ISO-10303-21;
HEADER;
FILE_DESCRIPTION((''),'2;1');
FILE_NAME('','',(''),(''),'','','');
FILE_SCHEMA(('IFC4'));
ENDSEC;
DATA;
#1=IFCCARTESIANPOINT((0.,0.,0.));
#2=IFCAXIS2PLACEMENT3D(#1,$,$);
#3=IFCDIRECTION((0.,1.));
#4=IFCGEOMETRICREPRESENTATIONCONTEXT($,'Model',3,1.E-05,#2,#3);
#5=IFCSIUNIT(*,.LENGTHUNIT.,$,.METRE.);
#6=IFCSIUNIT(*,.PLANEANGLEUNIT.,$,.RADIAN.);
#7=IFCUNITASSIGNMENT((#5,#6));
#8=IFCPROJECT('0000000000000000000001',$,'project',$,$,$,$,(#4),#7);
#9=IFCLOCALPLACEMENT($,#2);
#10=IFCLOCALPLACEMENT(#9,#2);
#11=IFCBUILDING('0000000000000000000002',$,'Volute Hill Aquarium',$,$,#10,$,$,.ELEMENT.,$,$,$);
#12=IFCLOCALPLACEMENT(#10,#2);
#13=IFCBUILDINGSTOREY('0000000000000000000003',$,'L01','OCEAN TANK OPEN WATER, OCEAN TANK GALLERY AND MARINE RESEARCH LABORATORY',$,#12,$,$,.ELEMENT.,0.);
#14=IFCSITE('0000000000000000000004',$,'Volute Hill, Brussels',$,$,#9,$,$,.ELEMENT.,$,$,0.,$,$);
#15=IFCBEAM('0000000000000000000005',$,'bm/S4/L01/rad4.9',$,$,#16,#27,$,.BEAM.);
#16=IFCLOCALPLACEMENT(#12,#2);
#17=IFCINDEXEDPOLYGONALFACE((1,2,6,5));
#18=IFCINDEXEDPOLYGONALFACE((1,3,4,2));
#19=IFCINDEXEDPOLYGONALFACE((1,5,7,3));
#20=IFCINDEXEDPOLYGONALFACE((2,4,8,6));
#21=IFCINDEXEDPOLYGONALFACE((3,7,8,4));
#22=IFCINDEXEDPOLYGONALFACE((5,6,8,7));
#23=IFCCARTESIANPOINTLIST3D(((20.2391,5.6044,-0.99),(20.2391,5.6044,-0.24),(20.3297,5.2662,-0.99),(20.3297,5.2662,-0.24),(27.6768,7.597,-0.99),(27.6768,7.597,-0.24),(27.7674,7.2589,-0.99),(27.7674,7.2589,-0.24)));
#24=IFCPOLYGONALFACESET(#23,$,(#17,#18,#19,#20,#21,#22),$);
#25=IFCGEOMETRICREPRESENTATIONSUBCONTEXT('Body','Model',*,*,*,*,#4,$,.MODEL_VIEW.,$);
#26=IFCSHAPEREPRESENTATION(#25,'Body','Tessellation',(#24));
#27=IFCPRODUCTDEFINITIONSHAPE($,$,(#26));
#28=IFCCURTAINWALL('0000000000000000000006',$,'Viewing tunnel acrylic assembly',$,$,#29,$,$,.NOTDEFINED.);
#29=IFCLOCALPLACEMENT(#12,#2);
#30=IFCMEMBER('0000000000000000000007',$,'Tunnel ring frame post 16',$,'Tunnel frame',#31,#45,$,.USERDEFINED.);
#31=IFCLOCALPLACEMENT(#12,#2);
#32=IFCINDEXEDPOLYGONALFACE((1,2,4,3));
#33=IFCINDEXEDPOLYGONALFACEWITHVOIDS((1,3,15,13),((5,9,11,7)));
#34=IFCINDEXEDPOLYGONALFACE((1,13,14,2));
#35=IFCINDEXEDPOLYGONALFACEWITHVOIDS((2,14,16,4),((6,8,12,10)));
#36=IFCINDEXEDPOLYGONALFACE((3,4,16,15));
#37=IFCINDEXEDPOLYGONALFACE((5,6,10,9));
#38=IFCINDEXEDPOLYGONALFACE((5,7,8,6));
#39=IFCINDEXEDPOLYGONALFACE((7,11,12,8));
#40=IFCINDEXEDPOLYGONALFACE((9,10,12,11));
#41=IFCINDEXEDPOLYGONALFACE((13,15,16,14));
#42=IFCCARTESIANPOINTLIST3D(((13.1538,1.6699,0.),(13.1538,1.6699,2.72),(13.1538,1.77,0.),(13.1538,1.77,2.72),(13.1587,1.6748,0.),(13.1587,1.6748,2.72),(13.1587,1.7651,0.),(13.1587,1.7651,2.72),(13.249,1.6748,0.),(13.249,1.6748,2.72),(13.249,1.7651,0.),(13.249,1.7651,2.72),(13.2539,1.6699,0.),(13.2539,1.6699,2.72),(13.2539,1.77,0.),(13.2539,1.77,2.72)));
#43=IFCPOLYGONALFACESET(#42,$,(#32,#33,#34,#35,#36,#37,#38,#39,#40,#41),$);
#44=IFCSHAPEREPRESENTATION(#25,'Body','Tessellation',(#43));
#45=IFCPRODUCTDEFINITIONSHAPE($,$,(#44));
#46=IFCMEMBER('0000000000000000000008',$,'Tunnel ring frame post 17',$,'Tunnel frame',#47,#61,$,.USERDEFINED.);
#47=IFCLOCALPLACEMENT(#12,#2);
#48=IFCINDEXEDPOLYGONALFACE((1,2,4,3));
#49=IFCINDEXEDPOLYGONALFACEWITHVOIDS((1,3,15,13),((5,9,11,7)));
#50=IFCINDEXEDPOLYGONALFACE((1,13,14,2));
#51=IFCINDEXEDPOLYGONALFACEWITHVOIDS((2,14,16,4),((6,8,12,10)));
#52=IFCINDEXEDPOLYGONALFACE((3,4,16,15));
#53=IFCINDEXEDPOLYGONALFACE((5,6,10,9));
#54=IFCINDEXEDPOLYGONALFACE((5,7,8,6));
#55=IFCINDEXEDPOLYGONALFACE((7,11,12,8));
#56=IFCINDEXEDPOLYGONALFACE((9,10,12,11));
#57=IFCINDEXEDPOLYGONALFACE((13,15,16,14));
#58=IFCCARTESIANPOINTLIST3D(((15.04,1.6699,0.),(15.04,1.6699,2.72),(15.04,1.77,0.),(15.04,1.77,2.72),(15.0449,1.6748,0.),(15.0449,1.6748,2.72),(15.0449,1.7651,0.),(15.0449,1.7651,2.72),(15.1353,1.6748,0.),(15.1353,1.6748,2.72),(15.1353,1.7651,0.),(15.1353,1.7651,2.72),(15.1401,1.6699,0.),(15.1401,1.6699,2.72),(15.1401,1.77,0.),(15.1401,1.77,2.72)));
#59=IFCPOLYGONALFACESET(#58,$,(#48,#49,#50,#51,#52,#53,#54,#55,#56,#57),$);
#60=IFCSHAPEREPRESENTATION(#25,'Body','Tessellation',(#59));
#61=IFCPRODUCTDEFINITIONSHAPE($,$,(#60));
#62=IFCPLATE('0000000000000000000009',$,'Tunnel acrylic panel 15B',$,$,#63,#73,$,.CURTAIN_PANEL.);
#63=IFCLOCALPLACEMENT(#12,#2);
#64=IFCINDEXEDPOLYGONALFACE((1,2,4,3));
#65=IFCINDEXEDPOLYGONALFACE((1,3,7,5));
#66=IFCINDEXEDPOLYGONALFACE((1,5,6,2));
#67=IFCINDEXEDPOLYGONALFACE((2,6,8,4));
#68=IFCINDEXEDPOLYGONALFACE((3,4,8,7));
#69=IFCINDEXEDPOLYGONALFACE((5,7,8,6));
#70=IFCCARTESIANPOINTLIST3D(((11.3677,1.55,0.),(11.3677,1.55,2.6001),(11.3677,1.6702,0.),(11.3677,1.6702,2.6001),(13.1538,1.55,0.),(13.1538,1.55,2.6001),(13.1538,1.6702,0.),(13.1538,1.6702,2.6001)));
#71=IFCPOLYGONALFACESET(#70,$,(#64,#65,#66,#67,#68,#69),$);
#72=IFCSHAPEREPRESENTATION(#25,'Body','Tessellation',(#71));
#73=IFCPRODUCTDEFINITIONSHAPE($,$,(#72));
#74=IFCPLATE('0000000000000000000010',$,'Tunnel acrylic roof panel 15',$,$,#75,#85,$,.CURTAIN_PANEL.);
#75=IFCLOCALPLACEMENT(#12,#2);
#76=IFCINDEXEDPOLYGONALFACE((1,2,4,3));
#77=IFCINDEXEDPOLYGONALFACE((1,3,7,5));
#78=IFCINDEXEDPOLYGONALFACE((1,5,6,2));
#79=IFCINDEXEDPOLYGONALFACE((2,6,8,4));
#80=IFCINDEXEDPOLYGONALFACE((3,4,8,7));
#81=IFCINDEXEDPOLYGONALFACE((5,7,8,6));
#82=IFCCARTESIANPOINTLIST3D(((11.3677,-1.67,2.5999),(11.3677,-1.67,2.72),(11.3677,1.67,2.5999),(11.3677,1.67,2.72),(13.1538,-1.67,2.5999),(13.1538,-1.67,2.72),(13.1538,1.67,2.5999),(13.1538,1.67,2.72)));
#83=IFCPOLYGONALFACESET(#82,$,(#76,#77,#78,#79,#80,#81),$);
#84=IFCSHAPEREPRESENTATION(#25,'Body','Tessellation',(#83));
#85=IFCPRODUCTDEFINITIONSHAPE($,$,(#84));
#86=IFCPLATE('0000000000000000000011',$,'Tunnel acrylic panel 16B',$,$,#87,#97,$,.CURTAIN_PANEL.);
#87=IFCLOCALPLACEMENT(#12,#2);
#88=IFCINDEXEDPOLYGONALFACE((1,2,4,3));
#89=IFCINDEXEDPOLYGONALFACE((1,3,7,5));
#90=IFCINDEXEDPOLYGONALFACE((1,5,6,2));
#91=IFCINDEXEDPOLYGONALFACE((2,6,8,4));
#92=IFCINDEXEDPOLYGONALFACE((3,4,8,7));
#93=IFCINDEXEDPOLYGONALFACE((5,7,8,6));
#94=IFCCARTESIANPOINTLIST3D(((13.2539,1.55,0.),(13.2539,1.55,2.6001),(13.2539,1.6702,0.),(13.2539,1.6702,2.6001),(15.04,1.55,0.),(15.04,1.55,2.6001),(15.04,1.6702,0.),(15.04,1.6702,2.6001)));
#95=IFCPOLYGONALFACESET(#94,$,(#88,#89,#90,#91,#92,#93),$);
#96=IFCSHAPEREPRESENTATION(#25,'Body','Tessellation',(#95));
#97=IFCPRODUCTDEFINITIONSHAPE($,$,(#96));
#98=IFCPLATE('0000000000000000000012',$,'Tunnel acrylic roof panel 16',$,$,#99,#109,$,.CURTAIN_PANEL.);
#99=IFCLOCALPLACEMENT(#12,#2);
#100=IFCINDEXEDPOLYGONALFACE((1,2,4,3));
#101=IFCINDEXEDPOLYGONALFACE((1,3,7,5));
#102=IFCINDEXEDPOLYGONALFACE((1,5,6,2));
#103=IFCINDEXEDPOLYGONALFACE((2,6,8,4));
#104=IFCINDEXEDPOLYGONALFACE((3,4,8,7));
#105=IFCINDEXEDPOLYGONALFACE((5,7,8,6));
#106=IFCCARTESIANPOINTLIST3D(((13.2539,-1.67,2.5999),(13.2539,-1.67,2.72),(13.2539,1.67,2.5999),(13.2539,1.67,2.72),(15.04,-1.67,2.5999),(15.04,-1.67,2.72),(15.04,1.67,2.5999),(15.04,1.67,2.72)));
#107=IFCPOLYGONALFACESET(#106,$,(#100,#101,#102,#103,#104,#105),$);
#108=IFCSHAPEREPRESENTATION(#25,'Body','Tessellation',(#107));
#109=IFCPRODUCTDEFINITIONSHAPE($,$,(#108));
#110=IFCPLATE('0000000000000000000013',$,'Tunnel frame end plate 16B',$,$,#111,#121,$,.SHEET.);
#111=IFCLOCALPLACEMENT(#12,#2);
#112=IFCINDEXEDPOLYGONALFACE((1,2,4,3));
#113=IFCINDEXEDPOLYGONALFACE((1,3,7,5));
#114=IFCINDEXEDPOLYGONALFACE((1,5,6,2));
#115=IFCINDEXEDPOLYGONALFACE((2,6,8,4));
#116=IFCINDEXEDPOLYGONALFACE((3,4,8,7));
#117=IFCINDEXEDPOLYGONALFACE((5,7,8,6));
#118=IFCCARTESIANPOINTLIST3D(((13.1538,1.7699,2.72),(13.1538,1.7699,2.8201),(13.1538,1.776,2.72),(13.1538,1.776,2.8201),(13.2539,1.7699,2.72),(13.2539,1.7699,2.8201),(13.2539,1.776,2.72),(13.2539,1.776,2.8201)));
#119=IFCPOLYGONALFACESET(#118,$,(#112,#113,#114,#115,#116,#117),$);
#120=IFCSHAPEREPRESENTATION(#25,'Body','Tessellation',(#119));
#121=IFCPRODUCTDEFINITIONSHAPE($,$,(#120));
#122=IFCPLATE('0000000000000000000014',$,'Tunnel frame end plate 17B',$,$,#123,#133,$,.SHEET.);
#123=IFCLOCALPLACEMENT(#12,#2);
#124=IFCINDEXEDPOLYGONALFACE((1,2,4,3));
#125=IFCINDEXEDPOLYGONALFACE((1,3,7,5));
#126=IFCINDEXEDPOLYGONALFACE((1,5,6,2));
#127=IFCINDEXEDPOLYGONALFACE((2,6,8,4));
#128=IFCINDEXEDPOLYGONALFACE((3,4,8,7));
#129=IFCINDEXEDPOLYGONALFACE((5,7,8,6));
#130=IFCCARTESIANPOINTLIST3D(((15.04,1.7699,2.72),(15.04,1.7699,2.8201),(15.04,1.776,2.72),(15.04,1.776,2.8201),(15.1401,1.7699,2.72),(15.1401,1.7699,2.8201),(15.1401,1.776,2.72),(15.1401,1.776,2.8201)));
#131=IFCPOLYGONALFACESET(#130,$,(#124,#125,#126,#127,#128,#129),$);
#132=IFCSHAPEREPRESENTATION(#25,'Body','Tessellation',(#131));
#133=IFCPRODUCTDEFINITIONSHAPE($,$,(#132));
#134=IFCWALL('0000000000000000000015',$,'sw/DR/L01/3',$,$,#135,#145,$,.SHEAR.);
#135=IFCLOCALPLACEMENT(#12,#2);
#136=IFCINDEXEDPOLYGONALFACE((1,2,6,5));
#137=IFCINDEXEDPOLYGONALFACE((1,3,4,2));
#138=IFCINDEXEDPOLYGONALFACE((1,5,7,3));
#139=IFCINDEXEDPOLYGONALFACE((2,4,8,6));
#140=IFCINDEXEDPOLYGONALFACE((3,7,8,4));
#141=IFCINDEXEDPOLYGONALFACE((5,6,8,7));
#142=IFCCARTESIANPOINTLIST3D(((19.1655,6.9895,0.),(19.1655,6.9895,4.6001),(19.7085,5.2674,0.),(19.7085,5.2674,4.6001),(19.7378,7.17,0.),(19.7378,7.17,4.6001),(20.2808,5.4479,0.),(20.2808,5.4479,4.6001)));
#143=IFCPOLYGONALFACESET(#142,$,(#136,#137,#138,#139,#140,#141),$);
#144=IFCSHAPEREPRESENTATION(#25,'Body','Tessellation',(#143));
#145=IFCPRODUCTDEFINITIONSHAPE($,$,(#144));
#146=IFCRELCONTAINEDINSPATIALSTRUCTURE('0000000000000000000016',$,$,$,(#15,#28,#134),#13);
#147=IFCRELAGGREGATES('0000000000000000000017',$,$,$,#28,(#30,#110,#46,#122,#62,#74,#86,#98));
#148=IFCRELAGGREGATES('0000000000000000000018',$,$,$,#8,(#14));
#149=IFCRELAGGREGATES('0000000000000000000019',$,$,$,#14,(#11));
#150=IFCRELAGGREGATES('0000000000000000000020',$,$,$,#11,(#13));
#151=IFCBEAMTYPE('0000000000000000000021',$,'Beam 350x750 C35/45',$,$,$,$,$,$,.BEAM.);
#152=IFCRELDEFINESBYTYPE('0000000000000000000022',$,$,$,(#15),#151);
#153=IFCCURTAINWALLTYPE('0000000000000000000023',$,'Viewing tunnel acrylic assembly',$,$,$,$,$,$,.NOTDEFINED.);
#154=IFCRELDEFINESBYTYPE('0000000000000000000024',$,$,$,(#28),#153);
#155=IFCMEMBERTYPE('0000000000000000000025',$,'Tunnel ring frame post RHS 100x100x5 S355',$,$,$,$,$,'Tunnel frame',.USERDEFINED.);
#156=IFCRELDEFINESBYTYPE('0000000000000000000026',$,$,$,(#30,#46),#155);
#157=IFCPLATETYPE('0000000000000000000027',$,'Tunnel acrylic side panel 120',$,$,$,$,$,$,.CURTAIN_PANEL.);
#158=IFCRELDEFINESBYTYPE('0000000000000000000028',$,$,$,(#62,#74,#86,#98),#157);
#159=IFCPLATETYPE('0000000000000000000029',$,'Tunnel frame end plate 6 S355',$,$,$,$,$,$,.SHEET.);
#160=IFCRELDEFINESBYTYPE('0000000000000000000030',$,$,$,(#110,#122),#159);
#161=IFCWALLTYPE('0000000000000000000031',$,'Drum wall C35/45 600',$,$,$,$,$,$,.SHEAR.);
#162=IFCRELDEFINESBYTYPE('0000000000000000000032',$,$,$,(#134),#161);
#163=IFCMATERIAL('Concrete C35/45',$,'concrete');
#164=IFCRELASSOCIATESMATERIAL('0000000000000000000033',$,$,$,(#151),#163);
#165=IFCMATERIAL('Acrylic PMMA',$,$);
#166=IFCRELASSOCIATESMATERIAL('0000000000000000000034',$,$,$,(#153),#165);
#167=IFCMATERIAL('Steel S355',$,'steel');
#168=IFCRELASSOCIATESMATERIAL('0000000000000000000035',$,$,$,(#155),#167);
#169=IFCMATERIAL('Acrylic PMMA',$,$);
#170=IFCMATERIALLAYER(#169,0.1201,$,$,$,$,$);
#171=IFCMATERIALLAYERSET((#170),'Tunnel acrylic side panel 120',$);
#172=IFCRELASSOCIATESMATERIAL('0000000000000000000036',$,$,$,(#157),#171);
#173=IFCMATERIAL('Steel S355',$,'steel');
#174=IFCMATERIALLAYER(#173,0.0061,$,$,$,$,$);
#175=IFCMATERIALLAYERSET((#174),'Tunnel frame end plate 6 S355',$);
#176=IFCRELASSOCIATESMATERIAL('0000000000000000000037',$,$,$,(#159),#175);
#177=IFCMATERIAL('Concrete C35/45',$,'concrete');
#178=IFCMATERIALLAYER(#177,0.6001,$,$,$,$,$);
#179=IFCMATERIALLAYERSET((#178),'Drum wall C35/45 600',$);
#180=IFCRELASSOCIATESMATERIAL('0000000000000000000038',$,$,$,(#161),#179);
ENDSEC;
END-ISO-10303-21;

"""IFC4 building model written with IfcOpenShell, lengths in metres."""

from ifc_helpers import new_model, si_unit, direction, frame, frame_2d, origin, origin_2d, place, context, subcontext, project, spatial, rectangle, hollow_rectangle, extrude, material, layer, layer_set, material_profile, profile_set, type_object, element, aggregate, save


model = new_model("IFC4")

# Units and contexts
model_context = context("Model", 3, precision=1e-05, world=origin(), true_north=direction((0.0, 1.0)))
body_context = subcontext(model_context, "Body", "Model", "MODEL_VIEW")
ifc_project = project(units=[si_unit("LENGTHUNIT", "METRE"), si_unit("PLANEANGLEUNIT", "RADIAN")], contexts=[model_context])

# Site, building, storey
site_placement = place(None, origin())
site = spatial("IfcSite", under=ifc_project, at=site_placement, Name="Volute Hill, Brussels", CompositionType="ELEMENT", RefElevation=0.0)
building_placement = place(site_placement, origin())
building = spatial("IfcBuilding", under=site, at=building_placement, Name="Volute Hill Aquarium", CompositionType="ELEMENT")
storey_placement = place(building_placement, origin())
storey = spatial("IfcBuildingStorey", under=building, at=storey_placement, Name="L01", Description="OCEAN TANK OPEN WATER, OCEAN TANK GALLERY AND MARINE RESEARCH LABORATORY", CompositionType="ELEMENT", Elevation=0.0)

# Beam
ifc_material_1 = material(Name="Concrete C35/45", Category="concrete")
ifc_material_profile_1 = material_profile(ifc_material_1, rectangle(XDim=0.3501, YDim=0.75, at=origin_2d()), Name="RC beam 350x750")
ifc_profile_set_1 = profile_set([ifc_material_profile_1], Name="Concrete C35/45")
beam_type = type_object("IfcBeamType", Name="Beam 350x750 C35/45", PredefinedType="BEAM", material=ifc_profile_set_1)
beam_placement = place(storey_placement, frame((20.2844, 5.4353, -0.615), z_axis=(0.965934, 0.258787, 0.0), x_axis=(-0.258787, 0.965934, 0.0)))
element("IfcBeam", 1, at=beam_placement, inside=storey, type_object=beam_type, Name="bm/S4/L01/rad4.9", PredefinedType="BEAM", context=body_context, shape_type="SweptSolid", body=[
    extrude(rectangle(XDim=0.3501, YDim=0.75, at=origin_2d()), origin(), (0.0, 0.0, 1.0), 7.7),
])

# Curtain wall, members, plates
ifc_material_2 = material(Name="Acrylic PMMA")
curtain_wall_type = type_object("IfcCurtainWallType", Name="Viewing tunnel acrylic assembly", PredefinedType="NOTDEFINED", material=ifc_material_2)
curtain_wall_placement = place(storey_placement, origin())
curtain_wall = element("IfcCurtainWall", 2, at=curtain_wall_placement, inside=storey, type_object=curtain_wall_type, Name="Viewing tunnel acrylic assembly", PredefinedType="NOTDEFINED")
ifc_material_3 = material(Name="Steel S355", Category="steel")
ifc_material_profile_2 = material_profile(ifc_material_3, hollow_rectangle(XDim=0.1001, YDim=0.1001, WallThickness=0.0049, at=origin_2d()), Name="RHS 100x100x5")
ifc_profile_set_2 = profile_set([ifc_material_profile_2], Name="Steel S355")
member_type = type_object("IfcMemberType", Name="Tunnel ring frame post RHS 100x100x5 S355", ElementType="Tunnel frame", PredefinedType="USERDEFINED", material=ifc_profile_set_2)
member_1_placement = place(storey_placement, frame((13.2039, 1.72, 0.0), z_axis=(0.0, 0.0, 1.0), x_axis=(1.0, 0.0, 0.0)))
member_1 = element("IfcMember", 3, at=member_1_placement, type_object=member_type, Name="Tunnel ring frame post 16", ObjectType="Tunnel frame", PredefinedType="USERDEFINED", context=body_context, shape_type="SweptSolid", body=[
    extrude(hollow_rectangle(XDim=0.1001, YDim=0.1001, WallThickness=0.0049, at=origin_2d()), origin(), (0.0, 0.0, 1.0), 2.72),
])
member_2_placement = place(storey_placement, frame((15.0901, 1.72, 0.0), z_axis=(0.0, 0.0, 1.0), x_axis=(1.0, 0.0, 0.0)))
member_2 = element("IfcMember", 4, at=member_2_placement, type_object=member_type, Name="Tunnel ring frame post 17", ObjectType="Tunnel frame", PredefinedType="USERDEFINED", context=body_context, shape_type="SweptSolid", body=[
    extrude(hollow_rectangle(XDim=0.1001, YDim=0.1001, WallThickness=0.0049, at=origin_2d()), origin(), (0.0, 0.0, 1.0), 2.72),
])
ifc_material_4 = material(Name="Acrylic PMMA")
ifc_layer_1 = layer(ifc_material_4, 0.1201)
ifc_layer_set_1 = layer_set([ifc_layer_1], Name="Tunnel acrylic side panel 120")
plate_type_1 = type_object("IfcPlateType", Name="Tunnel acrylic side panel 120", PredefinedType="CURTAIN_PANEL", material=ifc_layer_set_1)
plate_1_placement = place(storey_placement, frame((12.2607, 1.6101, 0.0), z_axis=(0.0, 0.0, 1.0), x_axis=(1.0, 0.0, 0.0)))
plate_1 = element("IfcPlate", 5, at=plate_1_placement, type_object=plate_type_1, Name="Tunnel acrylic panel 15B", PredefinedType="CURTAIN_PANEL", context=body_context, shape_type="SweptSolid", body=[
    extrude(rectangle(XDim=1.7861, YDim=0.1201, at=origin_2d()), origin(), (0.0, 0.0, 1.0), 2.6001),
])
plate_2_placement = place(storey_placement, frame((12.2607, 0.0, 2.5999), z_axis=(0.0, 0.0, 1.0), x_axis=(1.0, 0.0, 0.0)))
plate_2 = element("IfcPlate", 6, at=plate_2_placement, type_object=plate_type_1, Name="Tunnel acrylic roof panel 15", PredefinedType="CURTAIN_PANEL", context=body_context, shape_type="SweptSolid", body=[
    extrude(rectangle(XDim=1.7861, YDim=3.3401, at=origin_2d()), origin(), (0.0, 0.0, 1.0), 0.1201),
])
plate_3_placement = place(storey_placement, frame((14.147, 1.6101, 0.0), z_axis=(0.0, 0.0, 1.0), x_axis=(1.0, 0.0, 0.0)))
plate_3 = element("IfcPlate", 7, at=plate_3_placement, type_object=plate_type_1, Name="Tunnel acrylic panel 16B", PredefinedType="CURTAIN_PANEL", context=body_context, shape_type="SweptSolid", body=[
    extrude(rectangle(XDim=1.7861, YDim=0.1201, at=origin_2d()), origin(), (0.0, 0.0, 1.0), 2.6001),
])
plate_4_placement = place(storey_placement, frame((14.147, 0.0, 2.5999), z_axis=(0.0, 0.0, 1.0), x_axis=(1.0, 0.0, 0.0)))
plate_4 = element("IfcPlate", 8, at=plate_4_placement, type_object=plate_type_1, Name="Tunnel acrylic roof panel 16", PredefinedType="CURTAIN_PANEL", context=body_context, shape_type="SweptSolid", body=[
    extrude(rectangle(XDim=1.7861, YDim=3.3401, at=origin_2d()), origin(), (0.0, 0.0, 1.0), 0.1201),
])
ifc_material_5 = material(Name="Steel S355", Category="steel")
ifc_layer_2 = layer(ifc_material_5, 0.0061)
ifc_layer_set_2 = layer_set([ifc_layer_2], Name="Tunnel frame end plate 6 S355")
plate_type_2 = type_object("IfcPlateType", Name="Tunnel frame end plate 6 S355", PredefinedType="SHEET", material=ifc_layer_set_2)
plate_5_placement = place(storey_placement, frame((13.2039, 1.7729, 2.72), z_axis=(0.0, 0.0, 1.0), x_axis=(1.0, 0.0, 0.0)))
plate_5 = element("IfcPlate", 9, at=plate_5_placement, type_object=plate_type_2, Name="Tunnel frame end plate 16B", PredefinedType="SHEET", context=body_context, shape_type="SweptSolid", body=[
    extrude(rectangle(XDim=0.1001, YDim=0.0061, at=origin_2d()), origin(), (0.0, 0.0, 1.0), 0.1001),
])
plate_6_placement = place(storey_placement, frame((15.0901, 1.7729, 2.72), z_axis=(0.0, 0.0, 1.0), x_axis=(1.0, 0.0, 0.0)))
plate_6 = element("IfcPlate", 10, at=plate_6_placement, type_object=plate_type_2, Name="Tunnel frame end plate 17B", PredefinedType="SHEET", context=body_context, shape_type="SweptSolid", body=[
    extrude(rectangle(XDim=0.1001, YDim=0.0061, at=origin_2d()), origin(), (0.0, 0.0, 1.0), 0.1001),
])
aggregate(curtain_wall, [member_1, plate_5, member_2, plate_6, plate_1, plate_2, plate_3, plate_4])

# Wall
ifc_material_6 = material(Name="Concrete C35/45", Category="concrete")
ifc_layer_3 = layer(ifc_material_6, 0.6001)
ifc_layer_set_3 = layer_set([ifc_layer_3], Name="Drum wall C35/45 600")
wall_type = type_object("IfcWallType", Name="Drum wall C35/45 600", PredefinedType="SHEAR", material=ifc_layer_set_3)
wall_placement = place(storey_placement, frame((19.9946, 5.3577, 0.0), z_axis=(0.0, 0.0, 1.0), x_axis=(-0.300691, 0.953722, 0.0)))
element("IfcWall", 11, at=wall_placement, inside=storey, type_object=wall_type, Name="sw/DR/L01/3", PredefinedType="SHEAR", context=body_context, shape_type="SweptSolid", body=[
    extrude(rectangle(XDim=1.8057, YDim=0.6001, at=frame_2d((0.9028, 0.0))), origin(), (0.0, 0.0, 1.0), 4.6001),
])

save(model, "model.ifc")
